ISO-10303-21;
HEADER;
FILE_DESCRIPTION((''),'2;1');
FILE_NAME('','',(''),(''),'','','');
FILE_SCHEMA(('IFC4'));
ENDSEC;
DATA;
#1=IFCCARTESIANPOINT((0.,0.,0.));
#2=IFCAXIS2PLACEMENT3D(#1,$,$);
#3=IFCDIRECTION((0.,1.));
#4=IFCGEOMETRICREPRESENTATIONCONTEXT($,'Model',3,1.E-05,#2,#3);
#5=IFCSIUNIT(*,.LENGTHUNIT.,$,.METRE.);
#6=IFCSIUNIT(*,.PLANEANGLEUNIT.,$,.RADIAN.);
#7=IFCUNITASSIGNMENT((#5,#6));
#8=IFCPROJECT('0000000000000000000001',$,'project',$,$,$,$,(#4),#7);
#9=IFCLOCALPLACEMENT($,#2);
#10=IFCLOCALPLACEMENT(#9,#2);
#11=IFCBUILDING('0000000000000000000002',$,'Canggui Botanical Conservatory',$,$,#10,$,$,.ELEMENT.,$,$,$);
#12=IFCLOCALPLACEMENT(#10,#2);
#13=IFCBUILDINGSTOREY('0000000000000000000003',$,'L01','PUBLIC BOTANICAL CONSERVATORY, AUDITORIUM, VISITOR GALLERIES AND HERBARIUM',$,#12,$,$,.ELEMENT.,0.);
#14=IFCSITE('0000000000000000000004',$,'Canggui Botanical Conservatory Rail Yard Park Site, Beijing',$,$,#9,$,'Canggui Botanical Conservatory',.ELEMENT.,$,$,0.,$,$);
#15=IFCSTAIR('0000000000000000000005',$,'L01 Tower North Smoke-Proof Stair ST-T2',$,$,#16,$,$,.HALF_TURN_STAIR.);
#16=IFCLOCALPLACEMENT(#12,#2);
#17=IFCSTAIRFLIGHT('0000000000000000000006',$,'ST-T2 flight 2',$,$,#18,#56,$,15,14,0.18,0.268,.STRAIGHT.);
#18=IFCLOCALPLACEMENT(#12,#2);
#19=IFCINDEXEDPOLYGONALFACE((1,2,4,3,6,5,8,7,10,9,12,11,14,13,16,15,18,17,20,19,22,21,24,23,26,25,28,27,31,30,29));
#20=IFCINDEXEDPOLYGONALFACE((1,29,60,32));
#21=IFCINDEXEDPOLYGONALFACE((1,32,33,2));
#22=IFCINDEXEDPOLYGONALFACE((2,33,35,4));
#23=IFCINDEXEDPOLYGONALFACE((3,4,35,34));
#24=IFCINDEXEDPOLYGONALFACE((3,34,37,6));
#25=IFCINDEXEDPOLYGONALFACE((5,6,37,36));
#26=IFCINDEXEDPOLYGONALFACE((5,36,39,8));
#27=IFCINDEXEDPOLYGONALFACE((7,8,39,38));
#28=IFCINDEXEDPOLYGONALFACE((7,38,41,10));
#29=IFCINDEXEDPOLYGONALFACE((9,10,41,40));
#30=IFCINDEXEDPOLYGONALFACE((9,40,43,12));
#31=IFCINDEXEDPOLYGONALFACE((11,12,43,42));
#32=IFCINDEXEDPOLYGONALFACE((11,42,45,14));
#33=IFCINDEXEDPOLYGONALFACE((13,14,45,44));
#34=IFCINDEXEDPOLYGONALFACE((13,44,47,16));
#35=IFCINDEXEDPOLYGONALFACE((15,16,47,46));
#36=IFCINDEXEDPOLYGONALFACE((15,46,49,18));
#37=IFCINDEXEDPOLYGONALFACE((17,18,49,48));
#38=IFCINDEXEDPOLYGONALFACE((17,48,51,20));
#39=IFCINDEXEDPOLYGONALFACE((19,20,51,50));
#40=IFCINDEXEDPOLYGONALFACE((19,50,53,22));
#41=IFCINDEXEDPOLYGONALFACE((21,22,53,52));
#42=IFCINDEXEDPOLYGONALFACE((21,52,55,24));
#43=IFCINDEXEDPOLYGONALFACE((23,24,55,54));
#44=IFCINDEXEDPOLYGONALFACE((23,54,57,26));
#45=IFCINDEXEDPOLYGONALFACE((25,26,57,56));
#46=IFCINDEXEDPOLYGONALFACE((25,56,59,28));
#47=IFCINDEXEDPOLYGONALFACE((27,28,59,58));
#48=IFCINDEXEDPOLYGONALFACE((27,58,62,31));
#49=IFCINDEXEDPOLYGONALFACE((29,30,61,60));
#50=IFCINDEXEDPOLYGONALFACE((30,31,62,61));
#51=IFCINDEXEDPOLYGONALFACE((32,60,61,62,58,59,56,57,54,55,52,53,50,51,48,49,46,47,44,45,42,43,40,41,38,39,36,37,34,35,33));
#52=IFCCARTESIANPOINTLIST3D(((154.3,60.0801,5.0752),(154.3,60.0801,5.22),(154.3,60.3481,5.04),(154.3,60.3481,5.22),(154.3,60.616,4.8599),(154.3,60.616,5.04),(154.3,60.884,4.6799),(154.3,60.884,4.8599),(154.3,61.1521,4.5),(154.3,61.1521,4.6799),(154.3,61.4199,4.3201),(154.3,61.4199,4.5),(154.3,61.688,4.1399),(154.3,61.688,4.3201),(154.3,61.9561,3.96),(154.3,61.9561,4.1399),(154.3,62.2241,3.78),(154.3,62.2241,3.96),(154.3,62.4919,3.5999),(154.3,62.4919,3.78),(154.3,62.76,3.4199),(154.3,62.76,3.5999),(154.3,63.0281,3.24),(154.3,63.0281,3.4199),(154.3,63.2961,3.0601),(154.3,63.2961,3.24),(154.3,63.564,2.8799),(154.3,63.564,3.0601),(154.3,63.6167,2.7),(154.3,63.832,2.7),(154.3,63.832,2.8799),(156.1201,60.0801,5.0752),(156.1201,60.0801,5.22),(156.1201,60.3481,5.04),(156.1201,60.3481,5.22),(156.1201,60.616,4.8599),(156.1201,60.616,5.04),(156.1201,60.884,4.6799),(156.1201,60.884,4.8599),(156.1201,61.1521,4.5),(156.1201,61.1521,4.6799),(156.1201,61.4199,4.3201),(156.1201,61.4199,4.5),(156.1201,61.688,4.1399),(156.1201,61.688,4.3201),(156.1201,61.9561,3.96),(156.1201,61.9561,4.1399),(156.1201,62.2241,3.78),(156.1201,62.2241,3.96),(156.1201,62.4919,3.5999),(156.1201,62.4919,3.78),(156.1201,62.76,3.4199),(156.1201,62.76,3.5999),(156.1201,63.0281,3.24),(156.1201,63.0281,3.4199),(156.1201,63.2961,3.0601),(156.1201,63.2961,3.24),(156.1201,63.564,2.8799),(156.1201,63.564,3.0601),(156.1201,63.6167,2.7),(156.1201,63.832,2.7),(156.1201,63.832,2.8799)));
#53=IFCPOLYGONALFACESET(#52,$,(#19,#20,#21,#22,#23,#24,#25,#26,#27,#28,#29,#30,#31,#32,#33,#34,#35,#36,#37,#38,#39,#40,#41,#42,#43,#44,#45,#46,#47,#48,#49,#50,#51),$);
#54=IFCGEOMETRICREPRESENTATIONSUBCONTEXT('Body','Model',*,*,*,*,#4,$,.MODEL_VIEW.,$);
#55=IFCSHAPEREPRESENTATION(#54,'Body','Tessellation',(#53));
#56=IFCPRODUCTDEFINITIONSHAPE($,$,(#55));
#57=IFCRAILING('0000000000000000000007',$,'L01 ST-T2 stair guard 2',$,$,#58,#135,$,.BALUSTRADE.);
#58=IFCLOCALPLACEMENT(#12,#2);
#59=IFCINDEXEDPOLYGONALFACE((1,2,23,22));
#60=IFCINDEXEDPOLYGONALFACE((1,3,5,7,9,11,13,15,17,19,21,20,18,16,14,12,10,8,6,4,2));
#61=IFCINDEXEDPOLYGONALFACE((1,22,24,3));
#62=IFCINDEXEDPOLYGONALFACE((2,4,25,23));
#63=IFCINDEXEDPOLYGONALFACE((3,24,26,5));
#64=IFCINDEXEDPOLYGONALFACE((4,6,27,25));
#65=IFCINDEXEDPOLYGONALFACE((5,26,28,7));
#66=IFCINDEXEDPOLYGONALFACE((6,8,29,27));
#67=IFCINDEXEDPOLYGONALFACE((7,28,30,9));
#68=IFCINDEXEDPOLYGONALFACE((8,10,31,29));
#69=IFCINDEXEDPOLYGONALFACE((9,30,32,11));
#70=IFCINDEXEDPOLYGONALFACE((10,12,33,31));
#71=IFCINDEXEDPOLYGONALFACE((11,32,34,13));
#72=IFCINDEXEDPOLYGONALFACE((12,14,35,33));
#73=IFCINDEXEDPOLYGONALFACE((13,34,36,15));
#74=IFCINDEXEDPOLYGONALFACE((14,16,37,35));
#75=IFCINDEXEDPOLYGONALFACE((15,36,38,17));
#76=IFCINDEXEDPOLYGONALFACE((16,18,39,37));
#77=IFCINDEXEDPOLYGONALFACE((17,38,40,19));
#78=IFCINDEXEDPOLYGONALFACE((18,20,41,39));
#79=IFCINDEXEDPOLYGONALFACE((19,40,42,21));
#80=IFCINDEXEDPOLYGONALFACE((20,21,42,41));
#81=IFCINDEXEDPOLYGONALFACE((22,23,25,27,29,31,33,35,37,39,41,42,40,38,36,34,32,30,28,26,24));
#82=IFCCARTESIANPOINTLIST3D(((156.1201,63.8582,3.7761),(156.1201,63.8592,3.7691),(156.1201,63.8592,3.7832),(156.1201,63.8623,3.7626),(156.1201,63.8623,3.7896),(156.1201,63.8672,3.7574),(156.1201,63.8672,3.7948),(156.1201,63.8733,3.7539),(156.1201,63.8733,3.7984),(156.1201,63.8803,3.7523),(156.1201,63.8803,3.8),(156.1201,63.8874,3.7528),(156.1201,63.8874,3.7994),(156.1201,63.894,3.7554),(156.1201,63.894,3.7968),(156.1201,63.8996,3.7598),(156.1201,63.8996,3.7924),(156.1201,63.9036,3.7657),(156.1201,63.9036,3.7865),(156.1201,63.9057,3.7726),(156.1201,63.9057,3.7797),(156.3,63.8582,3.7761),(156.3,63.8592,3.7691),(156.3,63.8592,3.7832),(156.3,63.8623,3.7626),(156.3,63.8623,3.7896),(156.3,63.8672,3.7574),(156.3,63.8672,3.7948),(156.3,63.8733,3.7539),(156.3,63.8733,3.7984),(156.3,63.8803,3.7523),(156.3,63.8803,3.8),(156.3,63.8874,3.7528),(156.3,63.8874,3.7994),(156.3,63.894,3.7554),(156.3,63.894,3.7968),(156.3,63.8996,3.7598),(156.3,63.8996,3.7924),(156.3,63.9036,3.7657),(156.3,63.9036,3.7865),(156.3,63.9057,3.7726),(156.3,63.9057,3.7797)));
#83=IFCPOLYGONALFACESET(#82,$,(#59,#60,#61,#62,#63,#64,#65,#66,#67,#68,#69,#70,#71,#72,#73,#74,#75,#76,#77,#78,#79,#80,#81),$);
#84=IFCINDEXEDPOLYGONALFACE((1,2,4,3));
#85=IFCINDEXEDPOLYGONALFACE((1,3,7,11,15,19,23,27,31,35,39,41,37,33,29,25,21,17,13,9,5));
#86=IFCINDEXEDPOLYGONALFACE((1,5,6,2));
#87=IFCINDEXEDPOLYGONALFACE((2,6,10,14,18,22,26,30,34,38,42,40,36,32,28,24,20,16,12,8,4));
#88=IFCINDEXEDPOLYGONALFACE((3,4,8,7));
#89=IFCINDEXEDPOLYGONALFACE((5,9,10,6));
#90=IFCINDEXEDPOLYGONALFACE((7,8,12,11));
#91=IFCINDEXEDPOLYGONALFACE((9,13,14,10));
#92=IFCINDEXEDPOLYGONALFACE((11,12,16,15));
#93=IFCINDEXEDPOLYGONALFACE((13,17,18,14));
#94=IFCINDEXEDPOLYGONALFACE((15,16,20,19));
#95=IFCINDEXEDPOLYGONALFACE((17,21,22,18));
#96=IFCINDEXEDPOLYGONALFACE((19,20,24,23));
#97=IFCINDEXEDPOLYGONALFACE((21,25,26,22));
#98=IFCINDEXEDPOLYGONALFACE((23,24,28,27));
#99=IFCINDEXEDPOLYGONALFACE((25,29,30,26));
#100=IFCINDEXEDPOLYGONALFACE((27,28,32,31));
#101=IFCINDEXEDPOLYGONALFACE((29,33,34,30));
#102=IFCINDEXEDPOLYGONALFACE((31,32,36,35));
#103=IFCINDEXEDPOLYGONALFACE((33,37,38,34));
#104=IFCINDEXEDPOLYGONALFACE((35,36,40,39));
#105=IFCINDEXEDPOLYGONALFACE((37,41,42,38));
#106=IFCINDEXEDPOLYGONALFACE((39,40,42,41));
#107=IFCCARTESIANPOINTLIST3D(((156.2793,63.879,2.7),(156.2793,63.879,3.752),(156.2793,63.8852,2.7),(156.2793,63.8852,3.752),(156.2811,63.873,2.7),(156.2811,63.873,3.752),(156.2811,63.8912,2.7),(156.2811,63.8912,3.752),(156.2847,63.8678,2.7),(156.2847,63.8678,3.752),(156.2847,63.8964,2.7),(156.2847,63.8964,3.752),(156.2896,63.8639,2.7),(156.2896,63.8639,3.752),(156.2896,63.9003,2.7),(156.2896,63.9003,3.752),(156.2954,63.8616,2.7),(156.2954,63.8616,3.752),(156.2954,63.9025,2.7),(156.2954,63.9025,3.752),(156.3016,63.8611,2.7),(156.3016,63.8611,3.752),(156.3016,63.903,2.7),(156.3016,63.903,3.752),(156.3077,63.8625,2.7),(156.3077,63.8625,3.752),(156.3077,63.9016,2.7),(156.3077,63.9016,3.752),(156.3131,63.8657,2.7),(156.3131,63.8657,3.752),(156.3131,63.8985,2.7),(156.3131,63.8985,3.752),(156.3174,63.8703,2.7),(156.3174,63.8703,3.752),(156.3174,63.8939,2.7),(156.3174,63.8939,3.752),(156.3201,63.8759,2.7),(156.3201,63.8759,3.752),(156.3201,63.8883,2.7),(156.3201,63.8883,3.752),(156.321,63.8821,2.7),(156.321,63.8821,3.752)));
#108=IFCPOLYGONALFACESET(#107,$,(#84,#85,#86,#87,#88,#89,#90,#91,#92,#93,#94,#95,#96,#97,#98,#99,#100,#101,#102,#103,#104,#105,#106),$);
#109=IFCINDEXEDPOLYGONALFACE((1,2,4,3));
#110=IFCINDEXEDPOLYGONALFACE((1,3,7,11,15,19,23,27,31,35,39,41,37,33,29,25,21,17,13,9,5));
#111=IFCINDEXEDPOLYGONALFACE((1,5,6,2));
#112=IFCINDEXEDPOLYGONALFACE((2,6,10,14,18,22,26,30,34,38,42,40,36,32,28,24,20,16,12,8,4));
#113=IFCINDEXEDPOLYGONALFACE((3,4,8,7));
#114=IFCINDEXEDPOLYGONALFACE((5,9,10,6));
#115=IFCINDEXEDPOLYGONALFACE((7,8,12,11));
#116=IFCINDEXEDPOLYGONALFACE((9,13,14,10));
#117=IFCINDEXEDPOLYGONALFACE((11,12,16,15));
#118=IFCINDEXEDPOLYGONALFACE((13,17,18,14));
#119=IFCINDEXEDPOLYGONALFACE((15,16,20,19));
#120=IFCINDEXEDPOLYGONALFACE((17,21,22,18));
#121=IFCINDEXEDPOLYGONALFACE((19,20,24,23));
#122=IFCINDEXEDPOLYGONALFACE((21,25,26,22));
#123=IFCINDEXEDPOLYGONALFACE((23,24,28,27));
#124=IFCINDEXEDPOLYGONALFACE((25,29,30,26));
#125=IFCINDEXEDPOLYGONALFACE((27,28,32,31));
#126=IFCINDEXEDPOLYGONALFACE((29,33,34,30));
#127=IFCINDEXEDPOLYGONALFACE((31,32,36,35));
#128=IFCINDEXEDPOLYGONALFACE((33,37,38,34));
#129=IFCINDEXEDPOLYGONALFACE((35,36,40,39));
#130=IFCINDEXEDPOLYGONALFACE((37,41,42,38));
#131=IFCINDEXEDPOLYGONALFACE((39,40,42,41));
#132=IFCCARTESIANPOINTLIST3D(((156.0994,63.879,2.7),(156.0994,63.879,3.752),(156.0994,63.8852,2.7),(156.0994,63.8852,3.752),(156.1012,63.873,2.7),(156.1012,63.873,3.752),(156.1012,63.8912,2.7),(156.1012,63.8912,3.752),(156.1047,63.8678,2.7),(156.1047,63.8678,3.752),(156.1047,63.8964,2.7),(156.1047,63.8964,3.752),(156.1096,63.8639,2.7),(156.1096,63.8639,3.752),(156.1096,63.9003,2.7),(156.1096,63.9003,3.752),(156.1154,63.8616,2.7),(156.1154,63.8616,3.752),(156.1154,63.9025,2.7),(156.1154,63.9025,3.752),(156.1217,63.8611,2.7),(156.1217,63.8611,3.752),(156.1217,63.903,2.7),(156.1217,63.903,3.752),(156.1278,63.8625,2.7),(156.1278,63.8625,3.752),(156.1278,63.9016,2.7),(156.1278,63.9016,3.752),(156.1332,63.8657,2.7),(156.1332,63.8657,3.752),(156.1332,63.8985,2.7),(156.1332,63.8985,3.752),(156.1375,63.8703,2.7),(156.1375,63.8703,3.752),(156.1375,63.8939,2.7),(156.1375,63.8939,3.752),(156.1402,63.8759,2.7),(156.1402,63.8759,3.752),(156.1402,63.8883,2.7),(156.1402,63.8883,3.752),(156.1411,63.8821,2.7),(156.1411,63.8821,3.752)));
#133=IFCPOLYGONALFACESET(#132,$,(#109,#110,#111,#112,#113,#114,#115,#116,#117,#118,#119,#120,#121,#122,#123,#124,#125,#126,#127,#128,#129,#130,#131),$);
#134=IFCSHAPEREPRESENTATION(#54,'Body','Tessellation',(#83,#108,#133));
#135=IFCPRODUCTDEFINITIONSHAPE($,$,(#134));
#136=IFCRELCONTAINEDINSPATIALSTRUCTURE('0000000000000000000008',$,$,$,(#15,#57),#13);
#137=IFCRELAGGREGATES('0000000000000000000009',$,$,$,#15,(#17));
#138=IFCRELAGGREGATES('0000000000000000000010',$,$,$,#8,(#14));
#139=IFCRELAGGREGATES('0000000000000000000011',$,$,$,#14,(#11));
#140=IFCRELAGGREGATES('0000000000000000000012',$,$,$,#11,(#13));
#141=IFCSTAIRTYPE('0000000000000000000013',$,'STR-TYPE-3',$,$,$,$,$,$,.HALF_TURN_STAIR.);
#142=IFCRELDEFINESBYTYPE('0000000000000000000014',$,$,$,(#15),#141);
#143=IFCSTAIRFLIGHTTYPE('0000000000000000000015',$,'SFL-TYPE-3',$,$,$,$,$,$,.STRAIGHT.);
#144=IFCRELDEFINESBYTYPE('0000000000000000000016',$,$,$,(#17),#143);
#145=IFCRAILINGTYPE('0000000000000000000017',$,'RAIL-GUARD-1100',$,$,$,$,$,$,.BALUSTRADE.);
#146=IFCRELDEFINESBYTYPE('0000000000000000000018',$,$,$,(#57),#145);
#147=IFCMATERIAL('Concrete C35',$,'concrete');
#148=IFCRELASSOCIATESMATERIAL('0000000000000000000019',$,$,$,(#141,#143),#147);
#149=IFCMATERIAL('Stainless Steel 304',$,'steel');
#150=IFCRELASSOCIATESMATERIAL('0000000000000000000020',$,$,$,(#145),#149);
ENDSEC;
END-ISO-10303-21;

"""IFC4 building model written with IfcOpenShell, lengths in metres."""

from ifc_helpers import new_model, si_unit, direction, frame, origin, origin_2d, place, context, subcontext, project, spatial, polyline, circle, outline, extrude, material, type_object, element, aggregate, save


model = new_model("IFC4")

# Units and contexts
model_context = context("Model", 3, precision=1e-05, world=origin(), true_north=direction((0.0, 1.0)))
body_context = subcontext(model_context, "Body", "Model", "MODEL_VIEW")
ifc_project = project(units=[si_unit("LENGTHUNIT", "METRE"), si_unit("PLANEANGLEUNIT", "RADIAN")], contexts=[model_context])

# Site, building, storey
site_placement = place(None, origin())
site = spatial("IfcSite", under=ifc_project, at=site_placement, Name="Canggui Botanical Conservatory Rail Yard Park Site, Beijing", LongName="Canggui Botanical Conservatory", CompositionType="ELEMENT", RefElevation=0.0)
building_placement = place(site_placement, origin())
building = spatial("IfcBuilding", under=site, at=building_placement, Name="Canggui Botanical Conservatory", CompositionType="ELEMENT")
storey_placement = place(building_placement, origin())
storey = spatial("IfcBuildingStorey", under=building, at=storey_placement, Name="L01", Description="PUBLIC BOTANICAL CONSERVATORY, AUDITORIUM, VISITOR GALLERIES AND HERBARIUM", CompositionType="ELEMENT", Elevation=0.0)

# Shared definitions
ifc_material_1 = material(Name="Concrete C35", Category="concrete")

# Stair, stair flight
stair_type = type_object("IfcStairType", Name="STR-TYPE-3", PredefinedType="HALF_TURN_STAIR", material=ifc_material_1)
stair_placement = place(storey_placement, origin())
stair = element("IfcStair", 1, at=stair_placement, inside=storey, type_object=stair_type, Name="L01 Tower North Smoke-Proof Stair ST-T2", PredefinedType="HALF_TURN_STAIR")
stair_flight_type = type_object("IfcStairFlightType", Name="SFL-TYPE-3", PredefinedType="STRAIGHT", material=ifc_material_1)
stair_flight_placement = place(storey_placement, frame((155.21, 63.832, 2.7), z_axis=(0.0, 0.0, 1.0), x_axis=(0.0, -1.0, 0.0)))
stair_flight = element("IfcStairFlight", 2, at=stair_flight_placement, type_object=stair_flight_type, Name="ST-T2 flight 2", NumberOfRisers=15, NumberOfTreads=14, PredefinedType="STRAIGHT", RiserHeight=0.18, TreadLength=0.268, context=body_context, shape_type="SweptSolid", body=[
    extrude(outline(polyline([(0.0, 0.0), (0.0, 0.1799), (0.2681, 0.1799), (0.2681, 0.3601), (0.5359, 0.3601), (0.5359, 0.54), (0.804, 0.54), (0.804, 0.72), (1.072, 0.72), (1.072, 0.8999), (1.3401, 0.8999), (1.3401, 1.0801), (1.6079, 1.0801), (1.6079, 1.26), (1.876, 1.26), (1.876, 1.4399), (2.144, 1.4399), (2.144, 1.6201), (2.4121, 1.6201), (2.4121, 1.8), (2.6799, 1.8), (2.6799, 1.98), (2.948, 1.98), (2.948, 2.1599), (3.2161, 2.1599), (3.2161, 2.3401), (3.4839, 2.3401), (3.4839, 2.52), (3.752, 2.52), (3.752, 2.7), (3.752, 2.3752), (0.2153, 0.0), (0.0, 0.0)])), frame((0.0, 0.9102, 0.0), z_axis=(0.0, -1.0, 0.0), x_axis=(1.0, 0.0, 0.0)), (0.0, 0.0, 1.0), 1.8201),
])
aggregate(stair, [stair_flight])

# Railing
ifc_material_2 = material(Name="Stainless Steel 304", Category="steel")
railing_type_1 = type_object("IfcRailingType", Name="RAIL-GUARD-1100", PredefinedType="BALUSTRADE", material=ifc_material_2)
railing_1_placement = place(storey_placement, frame((156.3, 63.8821, 2.7)))
element("IfcRailing", 3, at=railing_1_placement, inside=storey, type_object=railing_type_1, Name="L01 ST-T2 stair guard 2", PredefinedType="BALUSTRADE", context=body_context, shape_type="SweptSolid", body=[
    extrude(circle(Radius=0.0239, at=origin_2d()), frame((0.0, 0.0, 1.0762), z_axis=(-1.0, 0.0, 0.0), x_axis=(0.0, -1.0, 0.0)), (0.0, 0.0, 1.0), 0.1799),
    extrude(circle(Radius=0.021, at=origin_2d()), origin(), (0.0, 0.0, 1.0), 1.052),
    extrude(circle(Radius=0.021, at=origin_2d()), frame((-0.1799, 0.0, 0.0)), (0.0, 0.0, 1.0), 1.052),
])

save(model, "model.ifc")
